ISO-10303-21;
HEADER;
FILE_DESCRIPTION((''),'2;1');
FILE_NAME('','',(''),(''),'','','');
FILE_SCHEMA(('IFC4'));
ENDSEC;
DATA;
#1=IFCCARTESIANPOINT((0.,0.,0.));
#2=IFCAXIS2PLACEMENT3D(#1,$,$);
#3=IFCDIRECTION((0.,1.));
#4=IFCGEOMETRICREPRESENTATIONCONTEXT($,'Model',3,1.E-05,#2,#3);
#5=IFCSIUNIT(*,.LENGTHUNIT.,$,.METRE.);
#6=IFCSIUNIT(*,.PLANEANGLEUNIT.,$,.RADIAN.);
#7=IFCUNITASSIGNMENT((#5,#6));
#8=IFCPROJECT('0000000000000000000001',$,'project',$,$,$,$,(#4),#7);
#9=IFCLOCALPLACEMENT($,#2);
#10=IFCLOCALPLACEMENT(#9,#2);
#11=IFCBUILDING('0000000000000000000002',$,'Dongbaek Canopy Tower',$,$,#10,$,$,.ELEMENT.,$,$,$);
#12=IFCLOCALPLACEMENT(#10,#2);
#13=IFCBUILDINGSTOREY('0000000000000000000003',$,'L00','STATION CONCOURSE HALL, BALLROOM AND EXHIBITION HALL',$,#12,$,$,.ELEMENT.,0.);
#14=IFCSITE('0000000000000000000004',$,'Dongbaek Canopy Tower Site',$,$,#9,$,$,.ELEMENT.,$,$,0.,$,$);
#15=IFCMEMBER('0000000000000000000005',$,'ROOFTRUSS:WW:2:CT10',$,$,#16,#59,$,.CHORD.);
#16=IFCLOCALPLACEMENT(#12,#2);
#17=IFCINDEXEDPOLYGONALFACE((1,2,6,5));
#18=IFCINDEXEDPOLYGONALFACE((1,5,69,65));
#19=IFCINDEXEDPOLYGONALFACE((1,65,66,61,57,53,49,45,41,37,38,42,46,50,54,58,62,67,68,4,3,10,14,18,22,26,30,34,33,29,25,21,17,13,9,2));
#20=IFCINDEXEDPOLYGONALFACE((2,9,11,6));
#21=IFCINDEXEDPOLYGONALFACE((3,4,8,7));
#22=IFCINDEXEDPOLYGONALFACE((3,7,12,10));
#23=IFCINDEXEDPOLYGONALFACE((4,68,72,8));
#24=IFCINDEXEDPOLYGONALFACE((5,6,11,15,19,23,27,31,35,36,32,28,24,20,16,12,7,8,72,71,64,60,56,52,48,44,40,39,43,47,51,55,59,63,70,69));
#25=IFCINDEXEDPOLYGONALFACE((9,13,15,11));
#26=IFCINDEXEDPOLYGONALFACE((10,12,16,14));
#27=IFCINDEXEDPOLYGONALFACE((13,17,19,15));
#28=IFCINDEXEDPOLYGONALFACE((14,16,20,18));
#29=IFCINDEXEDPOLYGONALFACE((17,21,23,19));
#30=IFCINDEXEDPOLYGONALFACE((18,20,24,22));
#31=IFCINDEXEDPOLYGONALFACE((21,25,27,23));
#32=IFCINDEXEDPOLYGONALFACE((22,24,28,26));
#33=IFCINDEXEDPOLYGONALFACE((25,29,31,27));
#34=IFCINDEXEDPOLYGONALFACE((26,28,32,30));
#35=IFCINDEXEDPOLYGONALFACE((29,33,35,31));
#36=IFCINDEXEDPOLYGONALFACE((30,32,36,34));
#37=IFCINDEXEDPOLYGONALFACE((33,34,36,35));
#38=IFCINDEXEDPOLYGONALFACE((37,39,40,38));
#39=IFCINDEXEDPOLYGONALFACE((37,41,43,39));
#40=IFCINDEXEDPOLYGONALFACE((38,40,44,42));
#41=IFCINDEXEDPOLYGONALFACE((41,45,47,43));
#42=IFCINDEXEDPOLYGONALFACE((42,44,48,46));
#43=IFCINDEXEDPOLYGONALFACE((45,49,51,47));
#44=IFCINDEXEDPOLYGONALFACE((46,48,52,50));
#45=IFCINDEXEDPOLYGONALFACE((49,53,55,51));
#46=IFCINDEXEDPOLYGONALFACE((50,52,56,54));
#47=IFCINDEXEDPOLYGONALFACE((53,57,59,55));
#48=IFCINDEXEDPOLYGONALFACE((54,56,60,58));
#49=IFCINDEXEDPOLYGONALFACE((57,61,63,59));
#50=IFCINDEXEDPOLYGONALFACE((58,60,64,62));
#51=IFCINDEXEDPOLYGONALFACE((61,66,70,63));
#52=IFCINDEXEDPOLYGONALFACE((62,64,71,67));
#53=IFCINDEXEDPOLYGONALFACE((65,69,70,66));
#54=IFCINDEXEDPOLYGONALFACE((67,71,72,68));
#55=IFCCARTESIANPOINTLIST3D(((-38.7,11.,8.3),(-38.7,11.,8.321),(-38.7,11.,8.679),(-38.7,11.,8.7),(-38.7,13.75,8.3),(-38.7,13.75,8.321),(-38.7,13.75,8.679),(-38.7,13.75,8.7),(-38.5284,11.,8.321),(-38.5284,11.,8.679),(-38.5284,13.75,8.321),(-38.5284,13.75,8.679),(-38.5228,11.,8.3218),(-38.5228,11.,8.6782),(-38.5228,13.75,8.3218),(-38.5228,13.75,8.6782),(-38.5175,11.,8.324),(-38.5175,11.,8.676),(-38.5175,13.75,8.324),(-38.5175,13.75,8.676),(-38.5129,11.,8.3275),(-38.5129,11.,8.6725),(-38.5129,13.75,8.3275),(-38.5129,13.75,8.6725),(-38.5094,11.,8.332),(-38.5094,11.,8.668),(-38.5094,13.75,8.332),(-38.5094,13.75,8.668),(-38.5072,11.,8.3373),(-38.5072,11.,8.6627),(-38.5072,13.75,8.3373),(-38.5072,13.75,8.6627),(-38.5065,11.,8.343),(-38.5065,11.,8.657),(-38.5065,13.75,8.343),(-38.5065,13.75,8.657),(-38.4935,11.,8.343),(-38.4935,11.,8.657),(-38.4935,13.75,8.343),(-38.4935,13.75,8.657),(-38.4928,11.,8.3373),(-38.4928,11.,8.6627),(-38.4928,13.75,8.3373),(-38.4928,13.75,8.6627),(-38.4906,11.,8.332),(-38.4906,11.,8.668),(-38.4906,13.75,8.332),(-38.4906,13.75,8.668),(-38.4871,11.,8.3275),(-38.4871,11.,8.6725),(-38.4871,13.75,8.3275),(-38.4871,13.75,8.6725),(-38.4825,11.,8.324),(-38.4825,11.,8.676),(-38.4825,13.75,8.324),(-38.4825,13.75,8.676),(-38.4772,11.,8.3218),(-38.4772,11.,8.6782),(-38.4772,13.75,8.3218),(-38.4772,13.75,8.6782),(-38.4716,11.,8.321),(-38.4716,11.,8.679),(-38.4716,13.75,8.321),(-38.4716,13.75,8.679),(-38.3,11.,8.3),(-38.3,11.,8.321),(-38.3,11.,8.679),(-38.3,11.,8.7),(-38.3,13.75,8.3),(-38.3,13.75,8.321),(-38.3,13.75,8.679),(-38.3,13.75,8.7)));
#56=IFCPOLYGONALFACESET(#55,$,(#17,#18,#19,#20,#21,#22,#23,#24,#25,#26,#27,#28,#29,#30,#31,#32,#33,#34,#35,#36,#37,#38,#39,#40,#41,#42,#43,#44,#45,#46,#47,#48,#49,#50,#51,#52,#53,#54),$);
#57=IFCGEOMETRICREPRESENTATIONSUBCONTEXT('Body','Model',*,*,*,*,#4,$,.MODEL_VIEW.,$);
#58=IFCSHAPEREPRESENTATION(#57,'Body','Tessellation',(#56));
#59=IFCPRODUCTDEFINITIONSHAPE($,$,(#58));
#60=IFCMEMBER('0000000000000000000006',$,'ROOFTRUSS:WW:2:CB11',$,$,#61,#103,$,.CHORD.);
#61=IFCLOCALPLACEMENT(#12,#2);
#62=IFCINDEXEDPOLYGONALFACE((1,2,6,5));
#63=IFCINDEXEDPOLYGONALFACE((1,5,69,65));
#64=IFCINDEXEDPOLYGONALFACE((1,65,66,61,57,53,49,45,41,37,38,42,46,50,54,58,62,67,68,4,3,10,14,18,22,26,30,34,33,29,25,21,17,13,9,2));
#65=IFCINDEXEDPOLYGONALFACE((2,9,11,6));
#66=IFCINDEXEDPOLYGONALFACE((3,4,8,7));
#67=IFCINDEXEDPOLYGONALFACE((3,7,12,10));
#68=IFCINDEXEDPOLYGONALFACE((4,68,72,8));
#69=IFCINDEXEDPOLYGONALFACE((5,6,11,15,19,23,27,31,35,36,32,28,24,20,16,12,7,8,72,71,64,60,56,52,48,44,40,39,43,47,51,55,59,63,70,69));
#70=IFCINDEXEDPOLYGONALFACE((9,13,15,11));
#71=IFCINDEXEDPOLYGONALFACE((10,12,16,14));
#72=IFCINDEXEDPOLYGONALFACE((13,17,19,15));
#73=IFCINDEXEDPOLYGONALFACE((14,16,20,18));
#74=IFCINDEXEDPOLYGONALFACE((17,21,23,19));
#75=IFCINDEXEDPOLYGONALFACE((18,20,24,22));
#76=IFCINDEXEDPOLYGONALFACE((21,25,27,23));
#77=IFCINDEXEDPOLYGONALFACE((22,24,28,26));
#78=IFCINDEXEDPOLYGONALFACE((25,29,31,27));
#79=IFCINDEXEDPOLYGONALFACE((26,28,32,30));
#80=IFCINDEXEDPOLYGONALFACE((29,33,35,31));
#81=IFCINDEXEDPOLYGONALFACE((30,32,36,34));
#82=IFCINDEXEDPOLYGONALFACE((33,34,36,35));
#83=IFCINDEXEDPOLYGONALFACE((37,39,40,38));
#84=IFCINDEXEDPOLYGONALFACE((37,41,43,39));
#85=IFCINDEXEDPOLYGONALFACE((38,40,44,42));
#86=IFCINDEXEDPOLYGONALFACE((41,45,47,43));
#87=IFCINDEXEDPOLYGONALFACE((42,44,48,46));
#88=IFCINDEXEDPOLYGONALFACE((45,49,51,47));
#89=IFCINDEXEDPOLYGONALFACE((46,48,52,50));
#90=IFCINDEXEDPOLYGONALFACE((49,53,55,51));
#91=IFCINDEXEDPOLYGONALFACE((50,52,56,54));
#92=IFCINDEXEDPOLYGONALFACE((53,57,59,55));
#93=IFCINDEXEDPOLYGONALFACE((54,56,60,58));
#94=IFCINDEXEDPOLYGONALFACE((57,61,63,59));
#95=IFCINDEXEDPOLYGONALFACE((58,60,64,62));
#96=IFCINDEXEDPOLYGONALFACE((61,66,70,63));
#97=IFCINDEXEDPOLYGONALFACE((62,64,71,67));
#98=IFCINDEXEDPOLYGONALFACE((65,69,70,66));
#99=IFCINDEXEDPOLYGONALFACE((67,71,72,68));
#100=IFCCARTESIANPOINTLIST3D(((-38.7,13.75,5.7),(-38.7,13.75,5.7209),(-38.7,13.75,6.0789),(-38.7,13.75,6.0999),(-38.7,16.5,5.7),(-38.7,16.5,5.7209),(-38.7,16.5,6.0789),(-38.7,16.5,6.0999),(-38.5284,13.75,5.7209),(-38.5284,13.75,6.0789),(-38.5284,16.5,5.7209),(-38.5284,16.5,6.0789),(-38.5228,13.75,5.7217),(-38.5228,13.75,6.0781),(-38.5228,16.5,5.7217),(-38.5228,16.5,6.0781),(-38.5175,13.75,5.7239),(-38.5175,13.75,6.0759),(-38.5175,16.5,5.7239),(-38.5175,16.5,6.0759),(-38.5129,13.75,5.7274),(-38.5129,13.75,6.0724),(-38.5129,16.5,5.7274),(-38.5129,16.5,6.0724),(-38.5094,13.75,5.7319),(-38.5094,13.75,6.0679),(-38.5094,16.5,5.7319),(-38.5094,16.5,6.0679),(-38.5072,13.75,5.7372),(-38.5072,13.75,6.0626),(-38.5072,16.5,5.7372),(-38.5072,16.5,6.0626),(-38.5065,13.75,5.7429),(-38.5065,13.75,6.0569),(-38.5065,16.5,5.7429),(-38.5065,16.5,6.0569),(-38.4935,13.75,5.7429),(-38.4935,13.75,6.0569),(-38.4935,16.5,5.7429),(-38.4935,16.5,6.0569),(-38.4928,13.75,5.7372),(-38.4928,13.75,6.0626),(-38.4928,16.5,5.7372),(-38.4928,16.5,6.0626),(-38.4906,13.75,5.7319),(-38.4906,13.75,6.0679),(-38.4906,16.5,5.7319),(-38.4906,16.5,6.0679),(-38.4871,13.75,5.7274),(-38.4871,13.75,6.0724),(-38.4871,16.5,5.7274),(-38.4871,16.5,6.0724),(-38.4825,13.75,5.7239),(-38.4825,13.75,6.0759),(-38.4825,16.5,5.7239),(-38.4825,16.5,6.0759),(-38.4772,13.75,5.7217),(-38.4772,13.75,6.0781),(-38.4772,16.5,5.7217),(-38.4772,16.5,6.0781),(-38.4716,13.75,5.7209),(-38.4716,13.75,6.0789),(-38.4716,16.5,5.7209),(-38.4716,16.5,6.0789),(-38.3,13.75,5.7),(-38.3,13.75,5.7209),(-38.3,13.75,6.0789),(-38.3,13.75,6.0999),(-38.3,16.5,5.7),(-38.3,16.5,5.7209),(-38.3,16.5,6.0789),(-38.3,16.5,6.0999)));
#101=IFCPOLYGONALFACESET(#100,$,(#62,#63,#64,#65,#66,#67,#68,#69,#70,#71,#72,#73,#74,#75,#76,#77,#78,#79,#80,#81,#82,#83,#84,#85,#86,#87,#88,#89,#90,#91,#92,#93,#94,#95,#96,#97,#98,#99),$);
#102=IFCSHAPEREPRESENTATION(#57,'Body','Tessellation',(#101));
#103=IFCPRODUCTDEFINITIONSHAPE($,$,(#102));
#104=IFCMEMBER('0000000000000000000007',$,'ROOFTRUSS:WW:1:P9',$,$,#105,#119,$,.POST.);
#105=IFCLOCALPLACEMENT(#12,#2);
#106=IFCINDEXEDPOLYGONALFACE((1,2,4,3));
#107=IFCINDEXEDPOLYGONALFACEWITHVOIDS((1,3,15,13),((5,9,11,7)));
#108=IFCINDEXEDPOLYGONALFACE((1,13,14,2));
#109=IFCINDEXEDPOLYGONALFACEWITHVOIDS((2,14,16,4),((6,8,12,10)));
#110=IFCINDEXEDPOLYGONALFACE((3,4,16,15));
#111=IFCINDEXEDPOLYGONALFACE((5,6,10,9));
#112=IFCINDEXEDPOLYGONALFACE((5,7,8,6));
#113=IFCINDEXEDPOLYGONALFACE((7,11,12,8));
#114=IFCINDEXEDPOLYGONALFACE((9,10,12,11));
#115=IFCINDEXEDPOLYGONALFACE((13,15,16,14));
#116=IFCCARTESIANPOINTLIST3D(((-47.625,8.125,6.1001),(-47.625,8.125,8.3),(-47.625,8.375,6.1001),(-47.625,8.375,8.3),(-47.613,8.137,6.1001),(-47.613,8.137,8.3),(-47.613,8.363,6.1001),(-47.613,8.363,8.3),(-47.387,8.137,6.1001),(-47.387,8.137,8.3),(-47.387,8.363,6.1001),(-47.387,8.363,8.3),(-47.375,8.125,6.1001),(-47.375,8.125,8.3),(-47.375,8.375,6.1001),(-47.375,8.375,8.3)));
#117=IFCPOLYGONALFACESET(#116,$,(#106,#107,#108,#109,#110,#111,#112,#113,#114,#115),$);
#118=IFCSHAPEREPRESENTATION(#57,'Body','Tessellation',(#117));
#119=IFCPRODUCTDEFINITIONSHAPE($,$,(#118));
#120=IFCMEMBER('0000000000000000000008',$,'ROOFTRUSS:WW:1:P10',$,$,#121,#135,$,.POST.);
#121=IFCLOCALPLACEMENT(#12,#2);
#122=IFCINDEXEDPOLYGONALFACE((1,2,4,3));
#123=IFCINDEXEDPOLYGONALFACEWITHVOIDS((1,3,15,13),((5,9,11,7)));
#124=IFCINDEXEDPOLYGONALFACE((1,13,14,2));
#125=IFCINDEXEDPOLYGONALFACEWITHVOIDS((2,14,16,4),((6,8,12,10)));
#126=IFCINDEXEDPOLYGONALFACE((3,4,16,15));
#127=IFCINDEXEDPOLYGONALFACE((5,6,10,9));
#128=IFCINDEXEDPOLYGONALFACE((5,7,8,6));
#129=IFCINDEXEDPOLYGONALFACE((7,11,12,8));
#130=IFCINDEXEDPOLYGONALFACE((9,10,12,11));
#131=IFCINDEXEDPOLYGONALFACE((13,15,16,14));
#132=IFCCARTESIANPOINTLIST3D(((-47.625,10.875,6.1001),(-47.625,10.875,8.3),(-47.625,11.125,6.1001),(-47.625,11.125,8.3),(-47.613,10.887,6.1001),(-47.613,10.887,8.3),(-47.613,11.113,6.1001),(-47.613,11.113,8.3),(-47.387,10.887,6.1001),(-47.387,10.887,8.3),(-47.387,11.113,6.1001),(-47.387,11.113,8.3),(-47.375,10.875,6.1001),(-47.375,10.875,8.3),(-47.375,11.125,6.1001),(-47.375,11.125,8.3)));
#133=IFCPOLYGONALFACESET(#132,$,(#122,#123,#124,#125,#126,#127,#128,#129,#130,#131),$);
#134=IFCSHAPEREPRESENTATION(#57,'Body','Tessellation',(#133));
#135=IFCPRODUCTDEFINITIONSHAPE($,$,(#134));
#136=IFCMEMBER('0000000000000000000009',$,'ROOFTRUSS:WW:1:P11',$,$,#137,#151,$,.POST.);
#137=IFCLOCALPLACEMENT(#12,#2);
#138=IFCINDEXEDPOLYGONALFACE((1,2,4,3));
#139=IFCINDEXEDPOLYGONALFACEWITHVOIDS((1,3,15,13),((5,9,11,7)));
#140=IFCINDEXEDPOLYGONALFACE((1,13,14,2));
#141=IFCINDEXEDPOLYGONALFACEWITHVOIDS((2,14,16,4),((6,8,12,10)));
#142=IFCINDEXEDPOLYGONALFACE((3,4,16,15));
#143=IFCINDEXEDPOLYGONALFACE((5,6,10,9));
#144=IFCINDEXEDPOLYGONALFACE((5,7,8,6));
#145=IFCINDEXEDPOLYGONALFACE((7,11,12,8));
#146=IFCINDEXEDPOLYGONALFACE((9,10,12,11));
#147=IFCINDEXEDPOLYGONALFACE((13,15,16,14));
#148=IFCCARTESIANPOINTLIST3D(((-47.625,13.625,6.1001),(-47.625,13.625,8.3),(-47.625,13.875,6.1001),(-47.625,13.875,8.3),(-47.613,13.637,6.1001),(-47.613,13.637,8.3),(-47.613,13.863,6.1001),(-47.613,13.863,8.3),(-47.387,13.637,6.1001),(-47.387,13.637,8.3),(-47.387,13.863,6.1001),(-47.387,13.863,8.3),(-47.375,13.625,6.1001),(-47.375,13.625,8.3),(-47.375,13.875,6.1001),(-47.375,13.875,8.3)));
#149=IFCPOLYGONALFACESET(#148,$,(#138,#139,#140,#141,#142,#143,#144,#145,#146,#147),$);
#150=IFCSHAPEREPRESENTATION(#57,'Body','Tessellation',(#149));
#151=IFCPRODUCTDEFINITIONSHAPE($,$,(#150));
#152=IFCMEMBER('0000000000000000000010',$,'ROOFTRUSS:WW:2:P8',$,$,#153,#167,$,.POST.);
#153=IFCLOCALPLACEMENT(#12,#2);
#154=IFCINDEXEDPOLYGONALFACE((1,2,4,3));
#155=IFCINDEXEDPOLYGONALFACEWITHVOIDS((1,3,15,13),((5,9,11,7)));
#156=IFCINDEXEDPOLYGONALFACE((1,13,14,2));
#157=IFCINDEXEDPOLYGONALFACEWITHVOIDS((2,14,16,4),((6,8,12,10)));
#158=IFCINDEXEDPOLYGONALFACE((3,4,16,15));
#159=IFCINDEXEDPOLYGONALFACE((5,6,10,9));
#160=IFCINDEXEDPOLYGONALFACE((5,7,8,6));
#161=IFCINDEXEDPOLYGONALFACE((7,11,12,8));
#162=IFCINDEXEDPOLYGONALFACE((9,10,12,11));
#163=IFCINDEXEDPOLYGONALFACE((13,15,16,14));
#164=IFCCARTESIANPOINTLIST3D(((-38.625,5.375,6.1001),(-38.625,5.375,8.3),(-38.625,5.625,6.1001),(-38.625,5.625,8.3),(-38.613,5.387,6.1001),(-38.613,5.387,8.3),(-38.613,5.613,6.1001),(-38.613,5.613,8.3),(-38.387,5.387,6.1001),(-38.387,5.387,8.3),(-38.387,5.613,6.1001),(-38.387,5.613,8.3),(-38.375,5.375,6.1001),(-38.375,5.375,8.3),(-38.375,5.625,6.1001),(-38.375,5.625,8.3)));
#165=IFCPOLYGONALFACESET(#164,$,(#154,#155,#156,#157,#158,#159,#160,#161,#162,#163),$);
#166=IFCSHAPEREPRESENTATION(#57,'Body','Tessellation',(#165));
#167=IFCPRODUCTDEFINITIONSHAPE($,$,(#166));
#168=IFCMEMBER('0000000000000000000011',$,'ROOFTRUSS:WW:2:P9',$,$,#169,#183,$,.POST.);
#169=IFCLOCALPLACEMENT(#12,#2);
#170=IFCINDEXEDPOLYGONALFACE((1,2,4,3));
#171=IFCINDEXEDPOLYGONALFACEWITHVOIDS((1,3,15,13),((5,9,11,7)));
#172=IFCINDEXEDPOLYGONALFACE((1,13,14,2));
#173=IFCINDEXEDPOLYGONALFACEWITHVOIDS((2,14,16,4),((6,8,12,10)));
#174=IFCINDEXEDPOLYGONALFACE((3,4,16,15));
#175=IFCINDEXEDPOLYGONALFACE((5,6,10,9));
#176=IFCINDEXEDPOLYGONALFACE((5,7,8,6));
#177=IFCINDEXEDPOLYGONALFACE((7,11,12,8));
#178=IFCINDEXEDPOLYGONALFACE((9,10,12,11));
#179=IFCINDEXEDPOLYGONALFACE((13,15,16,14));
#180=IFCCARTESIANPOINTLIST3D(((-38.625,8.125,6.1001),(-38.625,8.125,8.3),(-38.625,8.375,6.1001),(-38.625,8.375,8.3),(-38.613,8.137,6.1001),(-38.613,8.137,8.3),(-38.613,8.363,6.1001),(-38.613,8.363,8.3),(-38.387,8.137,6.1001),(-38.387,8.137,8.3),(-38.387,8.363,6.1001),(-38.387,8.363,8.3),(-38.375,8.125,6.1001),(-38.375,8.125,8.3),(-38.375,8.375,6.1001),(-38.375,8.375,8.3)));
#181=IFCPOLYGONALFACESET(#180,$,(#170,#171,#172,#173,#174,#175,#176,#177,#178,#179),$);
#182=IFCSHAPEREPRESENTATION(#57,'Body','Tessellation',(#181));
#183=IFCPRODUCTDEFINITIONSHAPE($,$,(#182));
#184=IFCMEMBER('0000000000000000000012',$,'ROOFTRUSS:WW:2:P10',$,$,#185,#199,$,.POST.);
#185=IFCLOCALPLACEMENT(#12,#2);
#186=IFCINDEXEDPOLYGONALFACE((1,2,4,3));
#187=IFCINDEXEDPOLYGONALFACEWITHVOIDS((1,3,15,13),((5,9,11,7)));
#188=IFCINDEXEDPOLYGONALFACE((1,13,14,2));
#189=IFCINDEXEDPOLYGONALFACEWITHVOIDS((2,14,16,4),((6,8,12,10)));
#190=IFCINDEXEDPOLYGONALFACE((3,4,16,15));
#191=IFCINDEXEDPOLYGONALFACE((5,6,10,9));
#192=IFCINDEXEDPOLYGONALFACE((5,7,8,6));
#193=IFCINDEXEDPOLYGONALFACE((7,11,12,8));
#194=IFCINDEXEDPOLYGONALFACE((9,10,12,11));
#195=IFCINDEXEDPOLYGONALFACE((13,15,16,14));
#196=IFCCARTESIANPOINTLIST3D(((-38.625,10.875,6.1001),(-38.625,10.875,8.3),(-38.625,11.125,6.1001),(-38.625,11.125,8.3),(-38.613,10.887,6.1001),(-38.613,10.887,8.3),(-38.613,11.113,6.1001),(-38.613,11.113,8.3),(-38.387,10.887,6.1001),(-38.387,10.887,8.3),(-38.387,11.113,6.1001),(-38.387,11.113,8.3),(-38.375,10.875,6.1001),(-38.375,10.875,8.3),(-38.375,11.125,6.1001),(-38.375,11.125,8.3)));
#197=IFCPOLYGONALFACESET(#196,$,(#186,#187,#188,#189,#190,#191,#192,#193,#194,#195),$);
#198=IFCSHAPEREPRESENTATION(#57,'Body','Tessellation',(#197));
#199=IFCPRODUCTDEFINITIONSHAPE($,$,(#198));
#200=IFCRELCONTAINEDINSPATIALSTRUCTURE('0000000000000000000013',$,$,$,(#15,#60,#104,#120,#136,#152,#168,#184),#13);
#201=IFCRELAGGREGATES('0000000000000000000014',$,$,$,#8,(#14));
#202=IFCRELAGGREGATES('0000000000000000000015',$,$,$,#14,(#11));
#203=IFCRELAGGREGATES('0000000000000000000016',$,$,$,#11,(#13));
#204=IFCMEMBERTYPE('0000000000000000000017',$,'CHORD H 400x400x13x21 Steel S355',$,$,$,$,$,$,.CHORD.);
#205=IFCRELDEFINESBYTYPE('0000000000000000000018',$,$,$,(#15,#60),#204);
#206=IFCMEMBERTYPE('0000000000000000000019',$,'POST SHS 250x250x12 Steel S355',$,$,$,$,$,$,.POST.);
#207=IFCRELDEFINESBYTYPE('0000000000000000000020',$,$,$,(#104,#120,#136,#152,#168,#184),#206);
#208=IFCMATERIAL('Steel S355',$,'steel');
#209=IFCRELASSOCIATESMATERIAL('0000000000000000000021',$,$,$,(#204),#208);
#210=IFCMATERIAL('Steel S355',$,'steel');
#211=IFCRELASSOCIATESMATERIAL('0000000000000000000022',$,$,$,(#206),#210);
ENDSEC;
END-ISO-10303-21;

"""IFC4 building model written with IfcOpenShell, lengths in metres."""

from ifc_helpers import new_model, si_unit, direction, frame, origin, origin_2d, place, context, subcontext, project, spatial, hollow_rectangle, i_section, extrude, material, material_profile, profile_set, type_object, element, save


model = new_model("IFC4")

# Units and contexts
model_context = context("Model", 3, precision=1e-05, world=origin(), true_north=direction((0.0, 1.0)))
body_context = subcontext(model_context, "Body", "Model", "MODEL_VIEW")
ifc_project = project(units=[si_unit("LENGTHUNIT", "METRE"), si_unit("PLANEANGLEUNIT", "RADIAN")], contexts=[model_context])

# Site, building, storey
site_placement = place(None, origin())
site = spatial("IfcSite", under=ifc_project, at=site_placement, Name="Dongbaek Canopy Tower Site", CompositionType="ELEMENT", RefElevation=0.0)
building_placement = place(site_placement, origin())
building = spatial("IfcBuilding", under=site, at=building_placement, Name="Dongbaek Canopy Tower", CompositionType="ELEMENT")
storey_placement = place(building_placement, origin())
storey = spatial("IfcBuildingStorey", under=building, at=storey_placement, Name="L00", Description="STATION CONCOURSE HALL, BALLROOM AND EXHIBITION HALL", CompositionType="ELEMENT", Elevation=0.0)

# Members
ifc_material_1 = material(Name="Steel S355", Category="steel")
ifc_material_profile_1 = material_profile(ifc_material_1, i_section(OverallWidth=0.3999, OverallDepth=0.3999, WebThickness=0.0129, FlangeThickness=0.021, FilletRadius=0.022, at=origin_2d()), Name="CHORD H 400x400x13x21 Steel S355")
ifc_profile_set_1 = profile_set([ifc_material_profile_1], Name="Steel S355")
member_type_1 = type_object("IfcMemberType", Name="CHORD H 400x400x13x21 Steel S355", PredefinedType="CHORD", material=ifc_profile_set_1)
for number, where, z_axis, x_axis, name in (
    (1, (-38.5, 11.0, 8.5), (0.0, 1.0, 0.0), (-1.0, 0.0, 0.0), "ROOFTRUSS:WW:2:CT10"),
    (2, (-38.5, 13.75, 5.8999), (0.0, 1.0, 0.0), (-1.0, 0.0, 0.0), "ROOFTRUSS:WW:2:CB11"),
):
    element("IfcMember", number, at=place(storey_placement, frame(where, z_axis=z_axis, x_axis=x_axis)), inside=storey, type_object=member_type_1, Name=name, PredefinedType="CHORD", context=body_context, shape_type="SweptSolid", body=[
        extrude(i_section(OverallWidth=0.3999, OverallDepth=0.3999, WebThickness=0.0129, FlangeThickness=0.021, FilletRadius=0.022, at=origin_2d()), origin(), (0.0, 0.0, 1.0), 2.75),
    ])
ifc_material_2 = material(Name="Steel S355", Category="steel")
ifc_material_profile_2 = material_profile(ifc_material_2, hollow_rectangle(XDim=0.25, YDim=0.25, WallThickness=0.012, at=origin_2d()), Name="POST SHS 250x250x12 Steel S355")
ifc_profile_set_2 = profile_set([ifc_material_profile_2], Name="Steel S355")
member_type_2 = type_object("IfcMemberType", Name="POST SHS 250x250x12 Steel S355", PredefinedType="POST", material=ifc_profile_set_2)
for number, where, z_axis, x_axis, name in (
    (3, (-47.5, 8.25, 6.1001), (0.0, 0.0, 1.0), (1.0, 0.0, 0.0), "ROOFTRUSS:WW:1:P9"),
    (4, (-47.5, 11.0, 6.1001), (0.0, 0.0, 1.0), (1.0, 0.0, 0.0), "ROOFTRUSS:WW:1:P10"),
    (5, (-47.5, 13.75, 6.1001), (0.0, 0.0, 1.0), (1.0, 0.0, 0.0), "ROOFTRUSS:WW:1:P11"),
    (6, (-38.5, 5.5, 6.1001), (0.0, 0.0, 1.0), (1.0, 0.0, 0.0), "ROOFTRUSS:WW:2:P8"),
    (7, (-38.5, 8.25, 6.1001), (0.0, 0.0, 1.0), (1.0, 0.0, 0.0), "ROOFTRUSS:WW:2:P9"),
    (8, (-38.5, 11.0, 6.1001), (0.0, 0.0, 1.0), (1.0, 0.0, 0.0), "ROOFTRUSS:WW:2:P10"),
):
    element("IfcMember", number, at=place(storey_placement, frame(where, z_axis=z_axis, x_axis=x_axis)), inside=storey, type_object=member_type_2, Name=name, PredefinedType="POST", context=body_context, shape_type="SweptSolid", body=[
        extrude(hollow_rectangle(XDim=0.25, YDim=0.25, WallThickness=0.012, at=origin_2d()), origin(), (0.0, 0.0, 1.0), 2.2),
    ])

save(model, "model.ifc")
